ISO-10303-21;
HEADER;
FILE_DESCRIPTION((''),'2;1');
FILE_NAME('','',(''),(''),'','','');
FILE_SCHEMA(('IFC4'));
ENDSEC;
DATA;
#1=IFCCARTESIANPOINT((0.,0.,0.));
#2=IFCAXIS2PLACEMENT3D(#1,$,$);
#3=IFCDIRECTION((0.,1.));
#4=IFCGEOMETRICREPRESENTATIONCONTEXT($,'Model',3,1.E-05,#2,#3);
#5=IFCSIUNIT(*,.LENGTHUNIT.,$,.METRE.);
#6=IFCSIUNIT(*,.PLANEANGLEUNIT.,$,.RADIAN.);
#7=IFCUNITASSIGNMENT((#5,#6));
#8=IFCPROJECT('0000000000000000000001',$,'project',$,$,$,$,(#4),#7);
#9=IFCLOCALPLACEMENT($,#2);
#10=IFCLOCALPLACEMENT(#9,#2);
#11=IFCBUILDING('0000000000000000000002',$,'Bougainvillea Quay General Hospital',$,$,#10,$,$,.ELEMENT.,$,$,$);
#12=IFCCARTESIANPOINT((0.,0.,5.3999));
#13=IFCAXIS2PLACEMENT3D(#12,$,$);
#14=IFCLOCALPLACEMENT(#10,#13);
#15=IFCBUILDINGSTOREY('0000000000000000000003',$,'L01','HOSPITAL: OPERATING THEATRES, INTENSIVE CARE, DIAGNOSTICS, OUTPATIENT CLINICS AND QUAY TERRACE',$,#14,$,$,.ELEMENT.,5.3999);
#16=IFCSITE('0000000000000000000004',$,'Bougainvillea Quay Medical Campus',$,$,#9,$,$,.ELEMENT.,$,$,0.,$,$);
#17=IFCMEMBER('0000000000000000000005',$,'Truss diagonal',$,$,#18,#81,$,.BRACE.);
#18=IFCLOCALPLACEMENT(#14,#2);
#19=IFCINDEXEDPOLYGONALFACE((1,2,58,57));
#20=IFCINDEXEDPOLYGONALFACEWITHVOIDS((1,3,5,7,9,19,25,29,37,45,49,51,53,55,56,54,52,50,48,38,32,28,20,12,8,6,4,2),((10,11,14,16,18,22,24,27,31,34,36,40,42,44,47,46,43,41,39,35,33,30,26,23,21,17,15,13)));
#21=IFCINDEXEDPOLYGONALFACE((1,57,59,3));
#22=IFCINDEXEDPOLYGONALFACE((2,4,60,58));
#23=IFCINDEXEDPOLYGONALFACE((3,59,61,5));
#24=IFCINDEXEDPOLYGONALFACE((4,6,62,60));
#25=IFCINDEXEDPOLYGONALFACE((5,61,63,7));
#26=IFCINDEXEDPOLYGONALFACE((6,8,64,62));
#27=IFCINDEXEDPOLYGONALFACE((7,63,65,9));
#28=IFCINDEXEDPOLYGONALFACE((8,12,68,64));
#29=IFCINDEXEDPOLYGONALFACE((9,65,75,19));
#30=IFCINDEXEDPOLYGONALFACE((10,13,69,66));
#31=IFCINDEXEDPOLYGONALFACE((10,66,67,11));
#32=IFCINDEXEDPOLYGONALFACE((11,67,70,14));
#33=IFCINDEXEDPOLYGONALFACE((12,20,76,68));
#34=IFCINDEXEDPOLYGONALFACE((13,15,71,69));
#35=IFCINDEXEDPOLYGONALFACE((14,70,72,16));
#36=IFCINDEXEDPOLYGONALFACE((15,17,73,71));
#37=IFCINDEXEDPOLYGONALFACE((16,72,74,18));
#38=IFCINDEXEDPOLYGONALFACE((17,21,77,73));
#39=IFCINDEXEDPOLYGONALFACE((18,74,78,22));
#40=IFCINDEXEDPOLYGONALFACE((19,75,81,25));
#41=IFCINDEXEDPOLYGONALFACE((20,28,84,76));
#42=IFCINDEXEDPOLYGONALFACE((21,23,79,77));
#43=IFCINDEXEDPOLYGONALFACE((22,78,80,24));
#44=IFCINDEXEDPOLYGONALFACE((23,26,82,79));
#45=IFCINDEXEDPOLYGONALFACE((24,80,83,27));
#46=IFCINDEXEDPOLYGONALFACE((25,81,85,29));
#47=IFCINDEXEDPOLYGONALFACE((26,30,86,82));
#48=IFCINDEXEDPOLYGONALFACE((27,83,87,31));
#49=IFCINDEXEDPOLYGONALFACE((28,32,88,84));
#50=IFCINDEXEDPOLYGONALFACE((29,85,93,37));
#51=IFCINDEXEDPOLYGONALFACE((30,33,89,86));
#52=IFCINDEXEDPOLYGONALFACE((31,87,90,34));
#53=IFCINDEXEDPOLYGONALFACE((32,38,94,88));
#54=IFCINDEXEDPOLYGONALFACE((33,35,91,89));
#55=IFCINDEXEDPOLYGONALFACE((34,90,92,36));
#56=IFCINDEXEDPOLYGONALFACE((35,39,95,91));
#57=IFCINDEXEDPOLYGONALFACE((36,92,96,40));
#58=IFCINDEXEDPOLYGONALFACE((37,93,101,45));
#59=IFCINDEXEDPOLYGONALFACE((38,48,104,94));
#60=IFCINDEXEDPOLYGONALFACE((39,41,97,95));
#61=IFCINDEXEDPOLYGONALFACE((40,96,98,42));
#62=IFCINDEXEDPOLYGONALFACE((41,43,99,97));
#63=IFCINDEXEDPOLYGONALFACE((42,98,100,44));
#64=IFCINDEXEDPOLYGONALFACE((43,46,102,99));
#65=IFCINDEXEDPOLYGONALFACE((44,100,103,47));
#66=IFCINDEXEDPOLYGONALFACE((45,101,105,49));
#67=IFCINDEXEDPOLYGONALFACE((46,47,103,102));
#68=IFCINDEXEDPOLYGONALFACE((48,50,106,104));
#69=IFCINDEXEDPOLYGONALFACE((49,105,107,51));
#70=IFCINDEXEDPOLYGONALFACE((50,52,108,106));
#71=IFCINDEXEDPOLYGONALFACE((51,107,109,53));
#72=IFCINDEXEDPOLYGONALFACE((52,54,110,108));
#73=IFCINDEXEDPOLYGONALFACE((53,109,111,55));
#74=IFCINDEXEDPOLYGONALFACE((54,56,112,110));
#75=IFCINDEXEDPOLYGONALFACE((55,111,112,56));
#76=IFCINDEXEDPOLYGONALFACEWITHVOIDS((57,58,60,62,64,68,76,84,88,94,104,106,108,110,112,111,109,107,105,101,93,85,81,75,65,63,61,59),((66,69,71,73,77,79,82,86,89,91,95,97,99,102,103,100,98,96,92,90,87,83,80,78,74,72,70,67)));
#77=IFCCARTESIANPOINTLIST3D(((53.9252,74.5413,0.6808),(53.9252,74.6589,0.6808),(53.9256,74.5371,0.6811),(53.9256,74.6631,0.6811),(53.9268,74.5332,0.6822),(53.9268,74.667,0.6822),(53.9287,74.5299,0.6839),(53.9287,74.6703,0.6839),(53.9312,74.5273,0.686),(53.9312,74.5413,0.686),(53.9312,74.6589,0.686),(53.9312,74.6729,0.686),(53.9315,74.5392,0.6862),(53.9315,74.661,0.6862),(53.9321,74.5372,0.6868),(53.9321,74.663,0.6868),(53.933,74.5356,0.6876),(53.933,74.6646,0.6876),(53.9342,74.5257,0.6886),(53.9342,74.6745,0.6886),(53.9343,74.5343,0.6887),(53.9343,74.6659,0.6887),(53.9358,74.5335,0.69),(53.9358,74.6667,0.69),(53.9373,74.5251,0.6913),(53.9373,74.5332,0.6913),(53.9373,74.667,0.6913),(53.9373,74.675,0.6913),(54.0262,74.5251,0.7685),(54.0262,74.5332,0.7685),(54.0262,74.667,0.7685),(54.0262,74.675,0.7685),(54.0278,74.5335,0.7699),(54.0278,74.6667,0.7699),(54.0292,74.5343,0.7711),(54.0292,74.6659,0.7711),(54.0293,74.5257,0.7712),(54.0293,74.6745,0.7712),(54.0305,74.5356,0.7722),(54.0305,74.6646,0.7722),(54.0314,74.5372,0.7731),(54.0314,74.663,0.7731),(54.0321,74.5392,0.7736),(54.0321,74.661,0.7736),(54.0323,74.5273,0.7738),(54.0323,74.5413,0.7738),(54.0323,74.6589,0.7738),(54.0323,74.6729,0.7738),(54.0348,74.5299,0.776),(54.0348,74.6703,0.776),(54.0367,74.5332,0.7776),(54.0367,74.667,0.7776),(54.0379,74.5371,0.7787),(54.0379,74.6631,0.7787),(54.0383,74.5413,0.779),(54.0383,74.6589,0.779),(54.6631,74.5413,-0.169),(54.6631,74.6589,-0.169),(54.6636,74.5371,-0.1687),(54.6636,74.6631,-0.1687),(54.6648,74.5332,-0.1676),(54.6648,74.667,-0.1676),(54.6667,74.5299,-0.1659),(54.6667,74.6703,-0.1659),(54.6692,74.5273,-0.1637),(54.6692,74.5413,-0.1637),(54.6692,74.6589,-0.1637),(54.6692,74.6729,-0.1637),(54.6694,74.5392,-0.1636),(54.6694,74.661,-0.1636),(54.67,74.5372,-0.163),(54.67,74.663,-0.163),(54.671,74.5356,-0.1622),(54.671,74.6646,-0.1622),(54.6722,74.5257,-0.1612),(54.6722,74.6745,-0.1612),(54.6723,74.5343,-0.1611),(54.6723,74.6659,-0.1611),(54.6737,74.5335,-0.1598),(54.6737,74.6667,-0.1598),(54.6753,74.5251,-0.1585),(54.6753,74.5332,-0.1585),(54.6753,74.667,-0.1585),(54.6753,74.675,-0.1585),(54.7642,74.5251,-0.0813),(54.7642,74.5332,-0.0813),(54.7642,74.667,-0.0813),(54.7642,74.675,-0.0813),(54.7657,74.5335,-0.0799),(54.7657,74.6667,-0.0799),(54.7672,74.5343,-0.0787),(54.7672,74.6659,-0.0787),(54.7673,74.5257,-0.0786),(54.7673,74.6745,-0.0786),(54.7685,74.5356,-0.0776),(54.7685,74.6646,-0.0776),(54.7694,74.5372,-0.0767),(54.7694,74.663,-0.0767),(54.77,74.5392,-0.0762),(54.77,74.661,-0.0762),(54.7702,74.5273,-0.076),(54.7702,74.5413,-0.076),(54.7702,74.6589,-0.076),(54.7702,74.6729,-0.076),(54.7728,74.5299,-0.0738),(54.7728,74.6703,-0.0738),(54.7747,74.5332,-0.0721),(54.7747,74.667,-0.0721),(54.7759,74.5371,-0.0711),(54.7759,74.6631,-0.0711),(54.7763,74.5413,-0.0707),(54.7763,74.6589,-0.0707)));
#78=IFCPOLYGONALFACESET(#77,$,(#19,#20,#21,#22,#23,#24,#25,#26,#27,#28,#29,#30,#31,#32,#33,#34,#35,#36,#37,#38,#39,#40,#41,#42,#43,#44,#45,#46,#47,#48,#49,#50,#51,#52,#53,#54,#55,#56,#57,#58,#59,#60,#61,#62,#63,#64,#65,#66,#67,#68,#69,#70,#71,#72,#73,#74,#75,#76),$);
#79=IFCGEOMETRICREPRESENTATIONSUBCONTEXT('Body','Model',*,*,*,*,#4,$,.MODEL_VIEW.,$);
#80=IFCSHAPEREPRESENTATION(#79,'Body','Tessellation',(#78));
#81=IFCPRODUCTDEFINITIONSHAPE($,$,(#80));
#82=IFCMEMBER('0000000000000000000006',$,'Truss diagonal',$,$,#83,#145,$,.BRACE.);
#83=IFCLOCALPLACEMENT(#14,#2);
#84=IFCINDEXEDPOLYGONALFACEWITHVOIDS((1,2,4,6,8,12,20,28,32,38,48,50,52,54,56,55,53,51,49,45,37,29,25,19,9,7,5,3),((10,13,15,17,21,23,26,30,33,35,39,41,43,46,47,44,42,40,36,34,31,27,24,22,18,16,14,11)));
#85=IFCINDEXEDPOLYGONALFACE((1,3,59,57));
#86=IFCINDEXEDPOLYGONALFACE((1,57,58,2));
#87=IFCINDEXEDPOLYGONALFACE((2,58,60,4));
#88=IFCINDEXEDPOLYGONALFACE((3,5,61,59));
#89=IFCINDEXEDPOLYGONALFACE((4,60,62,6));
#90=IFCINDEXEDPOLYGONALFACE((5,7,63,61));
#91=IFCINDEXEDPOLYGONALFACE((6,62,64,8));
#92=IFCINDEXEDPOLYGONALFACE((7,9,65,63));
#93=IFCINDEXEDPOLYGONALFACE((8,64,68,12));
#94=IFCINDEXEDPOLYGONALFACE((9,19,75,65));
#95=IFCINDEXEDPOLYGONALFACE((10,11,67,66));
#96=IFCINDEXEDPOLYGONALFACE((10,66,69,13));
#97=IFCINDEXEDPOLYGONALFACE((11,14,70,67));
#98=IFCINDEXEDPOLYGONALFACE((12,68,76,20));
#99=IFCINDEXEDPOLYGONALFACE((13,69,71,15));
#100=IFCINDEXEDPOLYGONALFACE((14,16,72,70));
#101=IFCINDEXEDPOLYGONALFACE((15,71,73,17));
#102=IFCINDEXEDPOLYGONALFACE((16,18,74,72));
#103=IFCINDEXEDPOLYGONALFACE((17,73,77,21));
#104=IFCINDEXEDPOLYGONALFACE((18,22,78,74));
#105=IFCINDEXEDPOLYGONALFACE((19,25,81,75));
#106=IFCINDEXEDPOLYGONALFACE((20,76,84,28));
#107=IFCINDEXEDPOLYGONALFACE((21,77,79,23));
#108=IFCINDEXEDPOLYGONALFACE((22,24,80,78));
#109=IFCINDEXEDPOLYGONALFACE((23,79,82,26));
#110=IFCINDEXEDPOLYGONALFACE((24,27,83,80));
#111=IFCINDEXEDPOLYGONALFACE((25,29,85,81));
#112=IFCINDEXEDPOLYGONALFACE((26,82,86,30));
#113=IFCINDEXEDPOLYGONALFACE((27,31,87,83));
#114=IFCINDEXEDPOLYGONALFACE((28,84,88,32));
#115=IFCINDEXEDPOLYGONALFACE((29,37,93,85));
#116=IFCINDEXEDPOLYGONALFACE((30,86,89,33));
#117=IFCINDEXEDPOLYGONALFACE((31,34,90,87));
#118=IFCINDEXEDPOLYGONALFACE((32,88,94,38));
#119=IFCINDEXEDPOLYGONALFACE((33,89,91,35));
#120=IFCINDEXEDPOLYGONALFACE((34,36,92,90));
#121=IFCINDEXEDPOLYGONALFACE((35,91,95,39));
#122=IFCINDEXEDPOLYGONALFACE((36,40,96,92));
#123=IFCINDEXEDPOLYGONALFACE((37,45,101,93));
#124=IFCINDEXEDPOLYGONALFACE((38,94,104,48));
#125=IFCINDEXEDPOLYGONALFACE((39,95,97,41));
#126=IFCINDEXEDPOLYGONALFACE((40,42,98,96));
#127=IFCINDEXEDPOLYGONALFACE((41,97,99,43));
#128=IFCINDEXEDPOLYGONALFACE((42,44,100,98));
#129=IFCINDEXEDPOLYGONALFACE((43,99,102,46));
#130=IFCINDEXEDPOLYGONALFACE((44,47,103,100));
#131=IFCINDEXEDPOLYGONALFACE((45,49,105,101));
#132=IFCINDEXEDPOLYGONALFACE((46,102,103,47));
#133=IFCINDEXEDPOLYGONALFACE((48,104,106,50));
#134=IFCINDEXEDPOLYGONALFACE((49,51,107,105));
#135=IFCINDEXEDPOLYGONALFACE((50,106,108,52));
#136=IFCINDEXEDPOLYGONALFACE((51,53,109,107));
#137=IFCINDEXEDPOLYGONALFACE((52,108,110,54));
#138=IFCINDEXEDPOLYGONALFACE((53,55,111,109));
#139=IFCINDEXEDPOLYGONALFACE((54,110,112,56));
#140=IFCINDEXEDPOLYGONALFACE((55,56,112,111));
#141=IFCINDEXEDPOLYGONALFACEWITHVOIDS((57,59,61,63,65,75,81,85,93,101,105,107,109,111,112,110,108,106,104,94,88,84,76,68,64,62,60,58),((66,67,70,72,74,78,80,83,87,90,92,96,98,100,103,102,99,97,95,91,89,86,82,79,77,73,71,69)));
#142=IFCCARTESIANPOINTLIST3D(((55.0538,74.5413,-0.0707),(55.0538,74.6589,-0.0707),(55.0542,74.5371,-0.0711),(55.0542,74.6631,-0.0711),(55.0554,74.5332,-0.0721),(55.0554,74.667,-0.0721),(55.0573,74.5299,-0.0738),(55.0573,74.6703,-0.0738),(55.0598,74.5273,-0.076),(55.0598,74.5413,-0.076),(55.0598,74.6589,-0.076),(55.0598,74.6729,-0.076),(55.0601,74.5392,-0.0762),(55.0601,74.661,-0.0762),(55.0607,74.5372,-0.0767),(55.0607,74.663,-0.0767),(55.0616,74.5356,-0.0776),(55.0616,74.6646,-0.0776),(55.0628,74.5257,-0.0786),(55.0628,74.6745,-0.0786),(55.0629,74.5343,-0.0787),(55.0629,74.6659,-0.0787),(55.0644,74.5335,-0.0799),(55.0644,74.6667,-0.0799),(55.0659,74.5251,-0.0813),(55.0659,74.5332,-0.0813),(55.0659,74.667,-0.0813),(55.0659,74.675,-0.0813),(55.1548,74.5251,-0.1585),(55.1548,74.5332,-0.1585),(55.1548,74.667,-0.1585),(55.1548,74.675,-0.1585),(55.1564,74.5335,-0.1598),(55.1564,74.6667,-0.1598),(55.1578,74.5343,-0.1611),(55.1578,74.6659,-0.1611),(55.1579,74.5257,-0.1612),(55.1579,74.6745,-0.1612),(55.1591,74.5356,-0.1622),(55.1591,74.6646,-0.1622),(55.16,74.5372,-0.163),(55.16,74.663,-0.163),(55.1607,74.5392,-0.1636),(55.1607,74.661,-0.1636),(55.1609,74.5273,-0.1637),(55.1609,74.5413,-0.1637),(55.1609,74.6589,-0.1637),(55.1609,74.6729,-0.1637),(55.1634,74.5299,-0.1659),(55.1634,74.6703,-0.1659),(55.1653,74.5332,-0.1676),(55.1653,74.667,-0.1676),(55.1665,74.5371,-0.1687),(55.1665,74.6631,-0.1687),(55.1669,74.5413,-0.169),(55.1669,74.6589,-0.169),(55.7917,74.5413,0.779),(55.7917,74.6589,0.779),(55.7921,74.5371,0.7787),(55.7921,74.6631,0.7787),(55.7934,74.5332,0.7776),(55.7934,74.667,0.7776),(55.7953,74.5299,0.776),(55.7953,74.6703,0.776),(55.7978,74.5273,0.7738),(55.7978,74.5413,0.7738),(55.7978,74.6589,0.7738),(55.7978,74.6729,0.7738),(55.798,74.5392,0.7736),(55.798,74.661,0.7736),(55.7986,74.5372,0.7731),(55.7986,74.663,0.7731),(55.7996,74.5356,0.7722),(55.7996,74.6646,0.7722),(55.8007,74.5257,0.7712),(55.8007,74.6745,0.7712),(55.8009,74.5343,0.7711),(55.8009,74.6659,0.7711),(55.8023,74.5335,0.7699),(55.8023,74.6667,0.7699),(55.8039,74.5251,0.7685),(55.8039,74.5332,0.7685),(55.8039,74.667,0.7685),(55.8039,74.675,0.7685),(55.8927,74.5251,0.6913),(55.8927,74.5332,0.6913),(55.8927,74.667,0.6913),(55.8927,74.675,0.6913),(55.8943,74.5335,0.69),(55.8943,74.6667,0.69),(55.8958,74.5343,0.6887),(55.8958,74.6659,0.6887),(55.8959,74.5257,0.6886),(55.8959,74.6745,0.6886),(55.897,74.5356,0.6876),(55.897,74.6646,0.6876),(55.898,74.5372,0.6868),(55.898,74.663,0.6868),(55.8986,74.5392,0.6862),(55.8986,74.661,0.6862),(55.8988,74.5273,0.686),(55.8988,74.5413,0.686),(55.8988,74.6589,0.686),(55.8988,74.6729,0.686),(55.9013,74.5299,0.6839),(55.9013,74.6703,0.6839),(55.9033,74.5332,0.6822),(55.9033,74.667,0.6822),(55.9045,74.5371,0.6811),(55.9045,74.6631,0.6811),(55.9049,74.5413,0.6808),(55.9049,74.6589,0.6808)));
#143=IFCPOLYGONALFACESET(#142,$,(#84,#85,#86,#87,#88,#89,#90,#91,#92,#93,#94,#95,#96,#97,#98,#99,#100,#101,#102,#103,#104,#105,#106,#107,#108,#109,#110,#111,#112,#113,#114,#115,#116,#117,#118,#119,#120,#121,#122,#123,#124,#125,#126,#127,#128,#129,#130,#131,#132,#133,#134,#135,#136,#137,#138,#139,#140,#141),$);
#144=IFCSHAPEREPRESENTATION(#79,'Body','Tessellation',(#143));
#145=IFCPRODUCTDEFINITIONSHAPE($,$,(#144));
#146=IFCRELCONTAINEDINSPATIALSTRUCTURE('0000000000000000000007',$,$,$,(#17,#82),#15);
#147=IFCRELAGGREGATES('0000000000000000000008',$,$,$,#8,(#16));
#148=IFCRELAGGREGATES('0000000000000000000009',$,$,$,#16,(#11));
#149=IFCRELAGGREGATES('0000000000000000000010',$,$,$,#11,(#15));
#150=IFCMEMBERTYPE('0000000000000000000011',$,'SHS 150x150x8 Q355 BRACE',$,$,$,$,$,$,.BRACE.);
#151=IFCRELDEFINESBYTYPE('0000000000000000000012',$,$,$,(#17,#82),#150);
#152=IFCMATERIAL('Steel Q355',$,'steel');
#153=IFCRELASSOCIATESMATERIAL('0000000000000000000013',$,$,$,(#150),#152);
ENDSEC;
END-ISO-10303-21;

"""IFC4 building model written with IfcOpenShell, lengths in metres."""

from ifc_helpers import new_model, si_unit, direction, frame, origin, origin_2d, place, context, subcontext, project, spatial, hollow_rectangle, extrude, material, material_profile, profile_set, type_object, element, save


model = new_model("IFC4")

# Units and contexts
model_context = context("Model", 3, precision=1e-05, world=origin(), true_north=direction((0.0, 1.0)))
body_context = subcontext(model_context, "Body", "Model", "MODEL_VIEW")
ifc_project = project(units=[si_unit("LENGTHUNIT", "METRE"), si_unit("PLANEANGLEUNIT", "RADIAN")], contexts=[model_context])

# Site, building, storey
site_placement = place(None, origin())
site = spatial("IfcSite", under=ifc_project, at=site_placement, Name="Bougainvillea Quay Medical Campus", CompositionType="ELEMENT", RefElevation=0.0)
building_placement = place(site_placement, origin())
building = spatial("IfcBuilding", under=site, at=building_placement, Name="Bougainvillea Quay General Hospital", CompositionType="ELEMENT")
storey_placement = place(building_placement, frame((0.0, 0.0, 5.3999)))
storey = spatial("IfcBuildingStorey", under=building, at=storey_placement, Name="L01", Description="HOSPITAL: OPERATING THEATRES, INTENSIVE CARE, DIAGNOSTICS, OUTPATIENT CLINICS AND QUAY TERRACE", CompositionType="ELEMENT", Elevation=5.3999)

# Members
ifc_material_1 = material(Name="Steel Q355", Category="steel")
ifc_material_profile_1 = material_profile(ifc_material_1, hollow_rectangle(XDim=0.1499, YDim=0.1499, WallThickness=0.0081, InnerFilletRadius=0.0081, OuterFilletRadius=0.0161, at=origin_2d()))
ifc_profile_set_1 = profile_set([ifc_material_profile_1], Name="Steel Q355")
member_type_1 = type_object("IfcMemberType", Name="SHS 150x150x8 Q355 BRACE", PredefinedType="BRACE", material=ifc_profile_set_1)
for number, where, z_axis, x_axis, name in (
    (1, (54.7197, 74.6001, -0.1199), (-0.65569, 0.0, 0.75503), (0.0, -1.0, 0.0), "Truss diagonal"),
    (2, (55.1104, 74.6001, -0.1199), (0.65569, 0.0, 0.75503), (0.0, 1.0, 0.0), "Truss diagonal"),
):
    element("IfcMember", number, at=place(storey_placement, frame(where, z_axis=z_axis, x_axis=x_axis)), inside=storey, type_object=member_type_1, Name=name, PredefinedType="BRACE", context=body_context, shape_type="SweptSolid", body=[
        extrude(hollow_rectangle(XDim=0.1499, YDim=0.1499, WallThickness=0.0081, InnerFilletRadius=0.0081, OuterFilletRadius=0.0161, at=origin_2d()), origin(), (0.0, 0.0, 1.0), 1.1255),
    ])

save(model, "model.ifc")
